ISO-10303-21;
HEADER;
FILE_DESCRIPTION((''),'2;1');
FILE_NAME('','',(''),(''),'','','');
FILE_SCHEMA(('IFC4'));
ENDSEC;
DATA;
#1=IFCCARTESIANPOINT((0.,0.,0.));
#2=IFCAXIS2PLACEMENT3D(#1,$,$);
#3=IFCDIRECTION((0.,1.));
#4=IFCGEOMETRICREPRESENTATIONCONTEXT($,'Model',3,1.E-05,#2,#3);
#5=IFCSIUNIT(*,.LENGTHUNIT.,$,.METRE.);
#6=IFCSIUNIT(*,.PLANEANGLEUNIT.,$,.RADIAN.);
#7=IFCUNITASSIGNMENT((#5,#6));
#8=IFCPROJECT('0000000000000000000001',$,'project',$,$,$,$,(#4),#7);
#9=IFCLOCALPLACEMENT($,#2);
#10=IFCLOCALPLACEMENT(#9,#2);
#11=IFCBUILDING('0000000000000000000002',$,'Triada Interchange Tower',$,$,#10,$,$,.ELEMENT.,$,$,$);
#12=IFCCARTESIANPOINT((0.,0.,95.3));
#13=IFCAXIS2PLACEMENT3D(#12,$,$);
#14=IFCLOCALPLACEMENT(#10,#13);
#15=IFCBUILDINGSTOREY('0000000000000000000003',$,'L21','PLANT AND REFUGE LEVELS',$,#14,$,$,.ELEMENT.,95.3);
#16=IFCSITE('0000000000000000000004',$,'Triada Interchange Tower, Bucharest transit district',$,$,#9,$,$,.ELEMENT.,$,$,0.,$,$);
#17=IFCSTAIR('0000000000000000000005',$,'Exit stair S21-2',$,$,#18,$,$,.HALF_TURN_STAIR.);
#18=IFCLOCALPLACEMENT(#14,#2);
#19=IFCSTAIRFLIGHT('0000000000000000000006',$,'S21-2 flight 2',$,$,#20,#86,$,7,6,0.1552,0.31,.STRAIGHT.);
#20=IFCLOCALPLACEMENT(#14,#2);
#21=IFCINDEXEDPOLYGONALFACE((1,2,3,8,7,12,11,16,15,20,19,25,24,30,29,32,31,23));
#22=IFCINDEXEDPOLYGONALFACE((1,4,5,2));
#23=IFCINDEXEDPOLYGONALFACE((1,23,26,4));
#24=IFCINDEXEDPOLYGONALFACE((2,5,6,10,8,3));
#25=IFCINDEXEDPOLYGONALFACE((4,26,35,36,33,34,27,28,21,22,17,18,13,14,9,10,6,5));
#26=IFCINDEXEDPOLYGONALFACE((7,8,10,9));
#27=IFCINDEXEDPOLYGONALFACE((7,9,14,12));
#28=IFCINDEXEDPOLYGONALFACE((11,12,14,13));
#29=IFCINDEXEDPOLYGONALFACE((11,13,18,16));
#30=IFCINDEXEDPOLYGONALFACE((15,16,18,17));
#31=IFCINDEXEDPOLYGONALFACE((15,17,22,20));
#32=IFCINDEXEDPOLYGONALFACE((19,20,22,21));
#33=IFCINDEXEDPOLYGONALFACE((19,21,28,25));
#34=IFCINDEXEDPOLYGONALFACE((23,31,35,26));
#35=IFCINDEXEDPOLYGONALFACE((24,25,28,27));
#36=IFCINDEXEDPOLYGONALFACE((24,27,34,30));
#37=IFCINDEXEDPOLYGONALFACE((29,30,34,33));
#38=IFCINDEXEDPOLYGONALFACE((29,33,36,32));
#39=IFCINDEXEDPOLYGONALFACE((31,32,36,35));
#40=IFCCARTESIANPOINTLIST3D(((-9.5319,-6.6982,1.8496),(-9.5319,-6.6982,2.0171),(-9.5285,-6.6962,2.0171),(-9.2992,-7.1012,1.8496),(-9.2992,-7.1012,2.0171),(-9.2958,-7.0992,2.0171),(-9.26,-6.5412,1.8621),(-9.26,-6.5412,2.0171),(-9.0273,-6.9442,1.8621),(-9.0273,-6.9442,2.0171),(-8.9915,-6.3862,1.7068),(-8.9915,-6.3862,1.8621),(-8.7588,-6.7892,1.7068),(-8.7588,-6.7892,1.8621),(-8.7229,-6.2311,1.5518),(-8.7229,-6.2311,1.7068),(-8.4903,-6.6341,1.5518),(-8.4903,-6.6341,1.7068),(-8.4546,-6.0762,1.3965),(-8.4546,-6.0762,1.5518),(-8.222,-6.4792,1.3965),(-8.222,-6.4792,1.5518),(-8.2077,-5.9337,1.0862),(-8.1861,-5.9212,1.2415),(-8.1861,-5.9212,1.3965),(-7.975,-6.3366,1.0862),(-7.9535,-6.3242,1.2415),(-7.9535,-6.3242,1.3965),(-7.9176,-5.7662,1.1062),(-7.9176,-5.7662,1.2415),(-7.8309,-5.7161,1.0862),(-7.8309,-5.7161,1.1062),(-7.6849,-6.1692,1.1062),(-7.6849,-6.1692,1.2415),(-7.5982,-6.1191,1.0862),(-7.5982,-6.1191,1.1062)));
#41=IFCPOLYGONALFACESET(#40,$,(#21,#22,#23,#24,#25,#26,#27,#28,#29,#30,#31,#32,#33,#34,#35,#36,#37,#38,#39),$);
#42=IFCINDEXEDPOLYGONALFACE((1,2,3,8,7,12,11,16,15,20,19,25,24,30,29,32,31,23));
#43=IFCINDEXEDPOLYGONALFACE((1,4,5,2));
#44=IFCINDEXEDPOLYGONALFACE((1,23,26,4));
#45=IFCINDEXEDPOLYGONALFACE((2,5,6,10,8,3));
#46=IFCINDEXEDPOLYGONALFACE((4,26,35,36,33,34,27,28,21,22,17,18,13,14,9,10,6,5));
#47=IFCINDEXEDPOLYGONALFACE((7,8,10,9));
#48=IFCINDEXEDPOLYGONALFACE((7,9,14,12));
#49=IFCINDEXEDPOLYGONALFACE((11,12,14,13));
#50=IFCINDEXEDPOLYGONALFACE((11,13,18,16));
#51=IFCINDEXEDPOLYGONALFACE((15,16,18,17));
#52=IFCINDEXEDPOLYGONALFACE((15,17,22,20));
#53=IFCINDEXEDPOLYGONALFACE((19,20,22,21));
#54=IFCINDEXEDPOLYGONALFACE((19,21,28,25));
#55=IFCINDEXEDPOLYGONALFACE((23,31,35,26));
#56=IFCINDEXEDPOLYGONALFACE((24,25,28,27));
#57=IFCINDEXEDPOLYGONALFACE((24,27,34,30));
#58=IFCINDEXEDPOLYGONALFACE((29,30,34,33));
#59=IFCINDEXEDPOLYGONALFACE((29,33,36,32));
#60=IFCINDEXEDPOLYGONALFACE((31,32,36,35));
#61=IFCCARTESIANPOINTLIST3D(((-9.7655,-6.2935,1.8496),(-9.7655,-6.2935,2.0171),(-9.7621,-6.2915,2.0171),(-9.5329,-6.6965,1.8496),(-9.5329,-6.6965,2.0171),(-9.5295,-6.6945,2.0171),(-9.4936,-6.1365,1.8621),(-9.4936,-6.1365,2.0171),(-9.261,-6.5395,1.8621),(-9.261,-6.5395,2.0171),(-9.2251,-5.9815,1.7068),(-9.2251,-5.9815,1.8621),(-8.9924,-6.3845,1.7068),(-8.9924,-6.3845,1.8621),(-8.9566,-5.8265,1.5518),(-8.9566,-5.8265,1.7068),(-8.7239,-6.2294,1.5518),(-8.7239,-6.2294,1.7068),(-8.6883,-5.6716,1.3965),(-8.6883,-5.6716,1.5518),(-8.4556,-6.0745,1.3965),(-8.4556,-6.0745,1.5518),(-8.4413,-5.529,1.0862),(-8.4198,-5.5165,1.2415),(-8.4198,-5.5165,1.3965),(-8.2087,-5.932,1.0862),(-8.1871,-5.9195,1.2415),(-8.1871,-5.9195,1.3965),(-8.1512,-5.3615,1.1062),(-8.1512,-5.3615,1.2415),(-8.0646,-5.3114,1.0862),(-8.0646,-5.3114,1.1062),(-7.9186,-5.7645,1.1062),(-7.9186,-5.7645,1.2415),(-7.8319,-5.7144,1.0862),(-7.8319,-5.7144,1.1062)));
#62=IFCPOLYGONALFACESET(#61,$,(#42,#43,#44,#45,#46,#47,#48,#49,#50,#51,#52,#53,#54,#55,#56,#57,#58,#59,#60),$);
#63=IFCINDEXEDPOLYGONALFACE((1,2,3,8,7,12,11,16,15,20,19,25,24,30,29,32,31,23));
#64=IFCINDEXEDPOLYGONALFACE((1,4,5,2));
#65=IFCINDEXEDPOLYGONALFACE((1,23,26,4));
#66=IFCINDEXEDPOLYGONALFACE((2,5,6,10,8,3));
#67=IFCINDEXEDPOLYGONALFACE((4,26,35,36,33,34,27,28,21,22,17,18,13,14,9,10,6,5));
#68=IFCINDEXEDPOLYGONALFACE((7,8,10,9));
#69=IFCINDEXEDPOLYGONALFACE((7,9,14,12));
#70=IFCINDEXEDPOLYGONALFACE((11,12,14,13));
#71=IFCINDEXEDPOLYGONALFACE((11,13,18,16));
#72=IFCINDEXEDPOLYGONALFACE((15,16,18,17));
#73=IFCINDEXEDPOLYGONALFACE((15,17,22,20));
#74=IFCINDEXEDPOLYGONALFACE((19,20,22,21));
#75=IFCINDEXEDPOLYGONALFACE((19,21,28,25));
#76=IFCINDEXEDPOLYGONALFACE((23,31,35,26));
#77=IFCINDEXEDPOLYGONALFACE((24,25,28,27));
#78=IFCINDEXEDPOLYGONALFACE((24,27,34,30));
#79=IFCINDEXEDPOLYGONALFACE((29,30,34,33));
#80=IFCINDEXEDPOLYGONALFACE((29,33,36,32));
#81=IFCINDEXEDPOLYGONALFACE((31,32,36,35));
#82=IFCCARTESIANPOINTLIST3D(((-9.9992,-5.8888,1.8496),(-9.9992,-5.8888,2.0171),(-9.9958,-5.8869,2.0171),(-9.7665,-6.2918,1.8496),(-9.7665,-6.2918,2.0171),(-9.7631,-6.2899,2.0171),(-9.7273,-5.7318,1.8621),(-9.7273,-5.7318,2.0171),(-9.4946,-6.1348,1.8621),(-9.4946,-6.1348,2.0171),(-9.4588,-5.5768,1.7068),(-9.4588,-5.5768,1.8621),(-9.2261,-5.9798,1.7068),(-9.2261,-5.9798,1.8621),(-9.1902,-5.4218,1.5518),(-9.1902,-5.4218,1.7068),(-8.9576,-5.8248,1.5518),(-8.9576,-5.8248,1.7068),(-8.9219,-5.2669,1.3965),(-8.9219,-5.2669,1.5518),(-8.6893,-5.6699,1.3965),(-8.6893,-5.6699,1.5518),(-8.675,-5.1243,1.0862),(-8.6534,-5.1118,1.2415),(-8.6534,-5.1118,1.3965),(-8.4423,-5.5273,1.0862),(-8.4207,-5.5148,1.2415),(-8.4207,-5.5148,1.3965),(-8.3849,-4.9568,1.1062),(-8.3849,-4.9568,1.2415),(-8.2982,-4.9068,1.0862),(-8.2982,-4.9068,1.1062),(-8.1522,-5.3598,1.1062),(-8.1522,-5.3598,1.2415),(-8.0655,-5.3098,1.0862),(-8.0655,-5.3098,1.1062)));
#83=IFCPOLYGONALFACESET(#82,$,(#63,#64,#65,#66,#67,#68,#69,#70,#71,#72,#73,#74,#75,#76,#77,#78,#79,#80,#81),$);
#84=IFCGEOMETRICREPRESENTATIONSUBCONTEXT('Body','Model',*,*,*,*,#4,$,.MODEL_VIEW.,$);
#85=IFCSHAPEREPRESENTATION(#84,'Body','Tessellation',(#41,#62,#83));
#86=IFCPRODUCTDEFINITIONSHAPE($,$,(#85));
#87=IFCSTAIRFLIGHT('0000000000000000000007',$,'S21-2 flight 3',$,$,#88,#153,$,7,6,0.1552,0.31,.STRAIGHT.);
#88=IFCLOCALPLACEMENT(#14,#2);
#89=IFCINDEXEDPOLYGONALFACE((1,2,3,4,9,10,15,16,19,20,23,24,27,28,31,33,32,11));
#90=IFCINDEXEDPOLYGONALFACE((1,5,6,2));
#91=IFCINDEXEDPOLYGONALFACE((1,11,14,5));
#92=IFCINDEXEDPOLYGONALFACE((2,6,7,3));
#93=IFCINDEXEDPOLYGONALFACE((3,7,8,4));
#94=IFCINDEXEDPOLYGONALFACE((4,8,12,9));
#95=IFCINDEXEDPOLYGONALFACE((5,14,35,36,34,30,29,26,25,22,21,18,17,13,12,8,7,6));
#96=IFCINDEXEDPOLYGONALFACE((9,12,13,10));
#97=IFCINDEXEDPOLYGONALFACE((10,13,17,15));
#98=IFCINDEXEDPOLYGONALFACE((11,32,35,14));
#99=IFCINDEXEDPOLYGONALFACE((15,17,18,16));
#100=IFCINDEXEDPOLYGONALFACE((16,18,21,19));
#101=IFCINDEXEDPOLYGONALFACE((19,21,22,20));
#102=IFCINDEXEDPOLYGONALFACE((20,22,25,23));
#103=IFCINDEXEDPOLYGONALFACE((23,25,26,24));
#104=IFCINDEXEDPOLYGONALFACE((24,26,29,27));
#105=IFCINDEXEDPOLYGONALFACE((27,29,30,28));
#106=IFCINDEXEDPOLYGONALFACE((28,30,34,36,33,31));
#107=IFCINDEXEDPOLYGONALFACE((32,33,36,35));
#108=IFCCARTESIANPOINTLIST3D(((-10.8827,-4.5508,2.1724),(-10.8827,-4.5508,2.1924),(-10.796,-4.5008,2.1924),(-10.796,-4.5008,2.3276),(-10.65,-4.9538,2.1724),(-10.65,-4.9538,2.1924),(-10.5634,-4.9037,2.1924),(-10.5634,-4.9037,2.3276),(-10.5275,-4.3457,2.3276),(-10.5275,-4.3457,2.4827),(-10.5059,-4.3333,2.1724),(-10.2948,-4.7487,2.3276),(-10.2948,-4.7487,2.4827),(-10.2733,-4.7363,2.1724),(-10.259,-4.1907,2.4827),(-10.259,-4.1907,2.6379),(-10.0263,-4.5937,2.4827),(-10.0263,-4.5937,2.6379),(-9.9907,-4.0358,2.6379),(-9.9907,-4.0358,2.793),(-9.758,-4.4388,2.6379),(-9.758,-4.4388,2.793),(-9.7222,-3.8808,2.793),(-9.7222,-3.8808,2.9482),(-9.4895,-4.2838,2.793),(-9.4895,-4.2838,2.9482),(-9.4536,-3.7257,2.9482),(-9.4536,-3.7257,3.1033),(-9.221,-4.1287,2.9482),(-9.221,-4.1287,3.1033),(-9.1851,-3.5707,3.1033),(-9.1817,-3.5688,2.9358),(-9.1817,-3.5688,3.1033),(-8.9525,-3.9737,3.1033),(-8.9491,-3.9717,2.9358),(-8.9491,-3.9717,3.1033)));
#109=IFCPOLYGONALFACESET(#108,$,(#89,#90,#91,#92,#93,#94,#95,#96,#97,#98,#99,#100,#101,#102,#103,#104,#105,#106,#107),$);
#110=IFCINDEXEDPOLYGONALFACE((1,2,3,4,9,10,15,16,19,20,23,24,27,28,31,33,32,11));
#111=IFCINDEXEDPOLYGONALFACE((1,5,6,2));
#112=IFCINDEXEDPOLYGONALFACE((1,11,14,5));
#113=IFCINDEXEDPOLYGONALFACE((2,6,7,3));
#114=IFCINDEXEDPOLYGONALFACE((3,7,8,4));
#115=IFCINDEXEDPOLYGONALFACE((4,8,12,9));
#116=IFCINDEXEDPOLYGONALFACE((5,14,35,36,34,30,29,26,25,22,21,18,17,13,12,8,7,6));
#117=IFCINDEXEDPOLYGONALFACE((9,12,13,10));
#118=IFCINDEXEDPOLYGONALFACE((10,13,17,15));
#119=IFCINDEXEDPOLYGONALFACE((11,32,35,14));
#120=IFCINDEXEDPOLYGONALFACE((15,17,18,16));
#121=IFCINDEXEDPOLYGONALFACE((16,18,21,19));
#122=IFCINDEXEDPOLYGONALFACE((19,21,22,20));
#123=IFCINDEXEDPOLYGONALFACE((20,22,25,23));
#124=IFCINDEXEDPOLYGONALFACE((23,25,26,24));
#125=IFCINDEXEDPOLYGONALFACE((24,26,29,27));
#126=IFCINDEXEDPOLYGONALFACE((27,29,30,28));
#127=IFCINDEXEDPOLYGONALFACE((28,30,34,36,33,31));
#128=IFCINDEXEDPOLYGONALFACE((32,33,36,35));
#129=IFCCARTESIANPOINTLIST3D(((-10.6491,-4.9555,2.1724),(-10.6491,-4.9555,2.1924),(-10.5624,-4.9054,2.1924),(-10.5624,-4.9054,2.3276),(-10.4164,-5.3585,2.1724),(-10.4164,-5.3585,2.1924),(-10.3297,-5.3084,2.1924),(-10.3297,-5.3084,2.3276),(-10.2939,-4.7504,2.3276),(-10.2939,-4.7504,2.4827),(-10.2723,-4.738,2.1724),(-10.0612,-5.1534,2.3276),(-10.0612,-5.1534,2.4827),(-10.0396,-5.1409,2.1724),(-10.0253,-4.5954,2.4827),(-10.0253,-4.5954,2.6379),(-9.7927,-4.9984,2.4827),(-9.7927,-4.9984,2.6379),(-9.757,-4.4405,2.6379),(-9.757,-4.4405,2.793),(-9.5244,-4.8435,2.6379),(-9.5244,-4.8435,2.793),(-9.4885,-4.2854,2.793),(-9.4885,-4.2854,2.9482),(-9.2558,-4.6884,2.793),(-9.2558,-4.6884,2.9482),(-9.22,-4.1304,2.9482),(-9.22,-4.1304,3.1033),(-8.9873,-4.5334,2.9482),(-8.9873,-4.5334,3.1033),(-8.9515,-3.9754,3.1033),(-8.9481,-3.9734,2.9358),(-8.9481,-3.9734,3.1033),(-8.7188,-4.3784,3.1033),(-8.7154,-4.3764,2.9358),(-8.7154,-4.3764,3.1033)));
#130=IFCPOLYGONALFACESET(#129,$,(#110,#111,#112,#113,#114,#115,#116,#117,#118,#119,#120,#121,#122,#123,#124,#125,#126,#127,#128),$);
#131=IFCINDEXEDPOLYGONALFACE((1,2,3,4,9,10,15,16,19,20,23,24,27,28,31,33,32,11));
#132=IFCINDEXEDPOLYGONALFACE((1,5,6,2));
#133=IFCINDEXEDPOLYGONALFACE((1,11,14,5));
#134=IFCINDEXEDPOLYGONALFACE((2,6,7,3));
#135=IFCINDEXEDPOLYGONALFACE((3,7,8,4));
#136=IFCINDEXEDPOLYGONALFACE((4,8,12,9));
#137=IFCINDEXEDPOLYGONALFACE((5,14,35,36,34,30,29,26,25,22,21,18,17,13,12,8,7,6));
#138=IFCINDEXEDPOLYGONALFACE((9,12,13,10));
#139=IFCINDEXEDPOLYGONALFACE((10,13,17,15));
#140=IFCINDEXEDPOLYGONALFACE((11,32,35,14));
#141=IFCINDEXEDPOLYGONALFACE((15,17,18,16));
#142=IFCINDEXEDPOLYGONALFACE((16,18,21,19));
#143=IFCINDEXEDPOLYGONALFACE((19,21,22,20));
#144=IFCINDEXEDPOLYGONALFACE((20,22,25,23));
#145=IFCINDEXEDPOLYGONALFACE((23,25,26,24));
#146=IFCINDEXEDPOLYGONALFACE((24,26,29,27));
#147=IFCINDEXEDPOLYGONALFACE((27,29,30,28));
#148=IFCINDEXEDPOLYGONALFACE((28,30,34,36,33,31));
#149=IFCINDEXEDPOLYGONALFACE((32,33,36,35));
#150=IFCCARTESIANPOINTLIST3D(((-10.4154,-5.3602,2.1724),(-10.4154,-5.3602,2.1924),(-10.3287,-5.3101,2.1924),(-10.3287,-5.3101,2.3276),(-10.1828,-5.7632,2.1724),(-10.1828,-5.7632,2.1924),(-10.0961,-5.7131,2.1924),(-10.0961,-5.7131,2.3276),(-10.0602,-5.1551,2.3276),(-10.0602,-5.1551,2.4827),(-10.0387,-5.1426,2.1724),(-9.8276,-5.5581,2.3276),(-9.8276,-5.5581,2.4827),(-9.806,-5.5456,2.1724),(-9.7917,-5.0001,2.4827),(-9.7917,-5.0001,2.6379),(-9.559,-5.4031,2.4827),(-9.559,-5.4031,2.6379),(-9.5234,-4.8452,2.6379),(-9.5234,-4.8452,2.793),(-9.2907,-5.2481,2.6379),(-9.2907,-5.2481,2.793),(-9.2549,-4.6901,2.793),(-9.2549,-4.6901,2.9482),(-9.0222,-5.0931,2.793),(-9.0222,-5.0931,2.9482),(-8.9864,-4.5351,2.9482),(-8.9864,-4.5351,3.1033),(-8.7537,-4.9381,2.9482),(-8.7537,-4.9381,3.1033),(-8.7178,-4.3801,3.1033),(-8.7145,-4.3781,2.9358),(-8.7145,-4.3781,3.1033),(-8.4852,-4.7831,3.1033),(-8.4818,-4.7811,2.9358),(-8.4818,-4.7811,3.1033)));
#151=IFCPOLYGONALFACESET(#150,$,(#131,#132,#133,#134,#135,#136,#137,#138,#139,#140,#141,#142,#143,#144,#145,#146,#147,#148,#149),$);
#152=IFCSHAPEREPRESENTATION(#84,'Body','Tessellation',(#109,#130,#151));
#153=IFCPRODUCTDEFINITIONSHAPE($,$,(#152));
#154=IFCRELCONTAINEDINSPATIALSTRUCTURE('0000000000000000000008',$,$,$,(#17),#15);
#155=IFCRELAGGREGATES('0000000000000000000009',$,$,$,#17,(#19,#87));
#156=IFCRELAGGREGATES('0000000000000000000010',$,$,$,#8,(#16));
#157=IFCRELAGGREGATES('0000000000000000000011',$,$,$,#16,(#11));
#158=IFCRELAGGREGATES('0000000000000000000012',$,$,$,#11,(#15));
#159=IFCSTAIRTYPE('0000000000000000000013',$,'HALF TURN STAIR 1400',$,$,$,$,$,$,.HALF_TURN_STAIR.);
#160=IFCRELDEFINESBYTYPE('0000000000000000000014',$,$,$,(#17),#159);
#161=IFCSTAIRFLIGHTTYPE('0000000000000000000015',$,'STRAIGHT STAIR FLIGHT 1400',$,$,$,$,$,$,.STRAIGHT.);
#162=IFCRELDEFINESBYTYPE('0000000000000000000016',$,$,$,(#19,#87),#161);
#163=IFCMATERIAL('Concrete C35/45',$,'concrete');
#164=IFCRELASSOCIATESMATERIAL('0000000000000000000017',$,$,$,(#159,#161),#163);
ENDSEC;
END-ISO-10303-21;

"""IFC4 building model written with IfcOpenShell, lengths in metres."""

from ifc_helpers import new_model, si_unit, direction, frame, origin, place, context, subcontext, project, spatial, polyline, outline, extrude, material, type_object, element, aggregate, save


model = new_model("IFC4")

# Units and contexts
model_context = context("Model", 3, precision=1e-05, world=origin(), true_north=direction((0.0, 1.0)))
body_context = subcontext(model_context, "Body", "Model", "MODEL_VIEW")
ifc_project = project(units=[si_unit("LENGTHUNIT", "METRE"), si_unit("PLANEANGLEUNIT", "RADIAN")], contexts=[model_context])

# Site, building, storey
site_placement = place(None, origin())
site = spatial("IfcSite", under=ifc_project, at=site_placement, Name="Triada Interchange Tower, Bucharest transit district", CompositionType="ELEMENT", RefElevation=0.0)
building_placement = place(site_placement, origin())
building = spatial("IfcBuilding", under=site, at=building_placement, Name="Triada Interchange Tower", CompositionType="ELEMENT")
storey_placement = place(building_placement, frame((0.0, 0.0, 95.3)))
storey = spatial("IfcBuildingStorey", under=building, at=storey_placement, Name="L21", Description="PLANT AND REFUGE LEVELS", CompositionType="ELEMENT", Elevation=95.3)

# Shared definitions
ifc_material_1 = material(Name="Concrete C35/45", Category="concrete")

# Stair, stair flights
stair_type = type_object("IfcStairType", Name="HALF TURN STAIR 1400", PredefinedType="HALF_TURN_STAIR", material=ifc_material_1)
stair_placement = place(storey_placement, origin())
stair = element("IfcStair", 1, at=stair_placement, inside=storey, type_object=stair_type, Name="Exit stair S21-2", PredefinedType="HALF_TURN_STAIR")
stair_flight_type = type_object("IfcStairFlightType", Name="STRAIGHT STAIR FLIGHT 1400", PredefinedType="STRAIGHT", material=ifc_material_1)
stair_flight_1_placement = place(storey_placement, frame((-8.0349, -5.563, 1.0862), z_axis=(0.0, 0.0, 1.0), x_axis=(-0.866025, -0.5, 0.0)))
stair_flight_1 = element("IfcStairFlight", 2, at=stair_flight_1_placement, type_object=stair_flight_type, Name="S21-2 flight 2", NumberOfRisers=7, NumberOfTreads=6, PredefinedType="STRAIGHT", RiserHeight=0.1552, TreadLength=0.31, context=body_context, shape_type="SweptSolid", body=[
    extrude(outline(polyline([(-0.1001, 0.0), (-0.1001, 0.02), (0.0, 0.02), (0.0, 0.1553), (0.3101, 0.1553), (0.3101, 0.3103), (0.6201, 0.3103), (0.6201, 0.4656), (0.9299, 0.4656), (0.9299, 0.6206), (1.24, 0.6206), (1.24, 0.7759), (1.55, 0.7759), (1.55, 0.9309), (1.8601, 0.9309), (1.864, 0.9309), (1.864, 1.0862), (1.864, 0.7634), (0.335, 0.0), (-0.1001, 0.0)])), frame((0.0, 0.7, 0.0), z_axis=(0.0, -1.0, 0.0), x_axis=(1.0, 0.0, 0.0)), (0.0, 0.0, 1.0), 0.4653),
    extrude(outline(polyline([(-0.1001, 0.0), (-0.1001, 0.02), (0.0, 0.02), (0.0, 0.1553), (0.3101, 0.1553), (0.3101, 0.3103), (0.6201, 0.3103), (0.6201, 0.4656), (0.9299, 0.4656), (0.9299, 0.6206), (1.24, 0.6206), (1.24, 0.7759), (1.55, 0.7759), (1.55, 0.9309), (1.8601, 0.9309), (1.864, 0.9309), (1.864, 1.0862), (1.864, 0.7634), (0.335, 0.0), (-0.1001, 0.0)])), frame((0.0, 0.2327, 0.0), z_axis=(0.0, -1.0, 0.0), x_axis=(1.0, 0.0, 0.0)), (0.0, 0.0, 1.0), 0.4653),
    extrude(outline(polyline([(-0.1001, 0.0), (-0.1001, 0.02), (0.0, 0.02), (0.0, 0.1553), (0.3101, 0.1553), (0.3101, 0.3103), (0.6201, 0.3103), (0.6201, 0.4656), (0.9299, 0.4656), (0.9299, 0.6206), (1.24, 0.6206), (1.24, 0.7759), (1.55, 0.7759), (1.55, 0.9309), (1.8601, 0.9309), (1.864, 0.9309), (1.864, 1.0862), (1.864, 0.7634), (0.335, 0.0), (-0.1001, 0.0)])), frame((0.0, -0.2346, 0.0), z_axis=(0.0, -1.0, 0.0), x_axis=(1.0, 0.0, 0.0)), (0.0, 0.0, 1.0), 0.4653),
])
stair_flight_2_placement = place(storey_placement, frame((-10.446, -5.1069, 2.1724), z_axis=(0.0, 0.0, 1.0), x_axis=(0.866025, 0.5, 0.0)))
stair_flight_2 = element("IfcStairFlight", 3, at=stair_flight_2_placement, type_object=stair_flight_type, Name="S21-2 flight 3", NumberOfRisers=7, NumberOfTreads=6, PredefinedType="STRAIGHT", RiserHeight=0.1552, TreadLength=0.31, context=body_context, shape_type="SweptSolid", body=[
    extrude(outline(polyline([(-0.1001, 0.0), (-0.1001, 0.02), (0.0, 0.02), (0.0, 0.1553), (0.3101, 0.1553), (0.3101, 0.3103), (0.6201, 0.3103), (0.6201, 0.4656), (0.9299, 0.4656), (0.9299, 0.6206), (1.24, 0.6206), (1.24, 0.7759), (1.55, 0.7759), (1.55, 0.9309), (1.8601, 0.9309), (1.864, 0.9309), (1.864, 1.0862), (1.864, 0.7634), (0.335, 0.0), (-0.1001, 0.0)])), frame((0.0, 0.7, 0.0), z_axis=(0.0, -1.0, 0.0), x_axis=(1.0, 0.0, 0.0)), (0.0, 0.0, 1.0), 0.4653),
    extrude(outline(polyline([(-0.1001, 0.0), (-0.1001, 0.02), (0.0, 0.02), (0.0, 0.1553), (0.3101, 0.1553), (0.3101, 0.3103), (0.6201, 0.3103), (0.6201, 0.4656), (0.9299, 0.4656), (0.9299, 0.6206), (1.24, 0.6206), (1.24, 0.7759), (1.55, 0.7759), (1.55, 0.9309), (1.8601, 0.9309), (1.864, 0.9309), (1.864, 1.0862), (1.864, 0.7634), (0.335, 0.0), (-0.1001, 0.0)])), frame((0.0, 0.2327, 0.0), z_axis=(0.0, -1.0, 0.0), x_axis=(1.0, 0.0, 0.0)), (0.0, 0.0, 1.0), 0.4653),
    extrude(outline(polyline([(-0.1001, 0.0), (-0.1001, 0.02), (0.0, 0.02), (0.0, 0.1553), (0.3101, 0.1553), (0.3101, 0.3103), (0.6201, 0.3103), (0.6201, 0.4656), (0.9299, 0.4656), (0.9299, 0.6206), (1.24, 0.6206), (1.24, 0.7759), (1.55, 0.7759), (1.55, 0.9309), (1.8601, 0.9309), (1.864, 0.9309), (1.864, 1.0862), (1.864, 0.7634), (0.335, 0.0), (-0.1001, 0.0)])), frame((0.0, -0.2346, 0.0), z_axis=(0.0, -1.0, 0.0), x_axis=(1.0, 0.0, 0.0)), (0.0, 0.0, 1.0), 0.4653),
])
aggregate(stair, [stair_flight_1, stair_flight_2])

save(model, "model.ifc")
